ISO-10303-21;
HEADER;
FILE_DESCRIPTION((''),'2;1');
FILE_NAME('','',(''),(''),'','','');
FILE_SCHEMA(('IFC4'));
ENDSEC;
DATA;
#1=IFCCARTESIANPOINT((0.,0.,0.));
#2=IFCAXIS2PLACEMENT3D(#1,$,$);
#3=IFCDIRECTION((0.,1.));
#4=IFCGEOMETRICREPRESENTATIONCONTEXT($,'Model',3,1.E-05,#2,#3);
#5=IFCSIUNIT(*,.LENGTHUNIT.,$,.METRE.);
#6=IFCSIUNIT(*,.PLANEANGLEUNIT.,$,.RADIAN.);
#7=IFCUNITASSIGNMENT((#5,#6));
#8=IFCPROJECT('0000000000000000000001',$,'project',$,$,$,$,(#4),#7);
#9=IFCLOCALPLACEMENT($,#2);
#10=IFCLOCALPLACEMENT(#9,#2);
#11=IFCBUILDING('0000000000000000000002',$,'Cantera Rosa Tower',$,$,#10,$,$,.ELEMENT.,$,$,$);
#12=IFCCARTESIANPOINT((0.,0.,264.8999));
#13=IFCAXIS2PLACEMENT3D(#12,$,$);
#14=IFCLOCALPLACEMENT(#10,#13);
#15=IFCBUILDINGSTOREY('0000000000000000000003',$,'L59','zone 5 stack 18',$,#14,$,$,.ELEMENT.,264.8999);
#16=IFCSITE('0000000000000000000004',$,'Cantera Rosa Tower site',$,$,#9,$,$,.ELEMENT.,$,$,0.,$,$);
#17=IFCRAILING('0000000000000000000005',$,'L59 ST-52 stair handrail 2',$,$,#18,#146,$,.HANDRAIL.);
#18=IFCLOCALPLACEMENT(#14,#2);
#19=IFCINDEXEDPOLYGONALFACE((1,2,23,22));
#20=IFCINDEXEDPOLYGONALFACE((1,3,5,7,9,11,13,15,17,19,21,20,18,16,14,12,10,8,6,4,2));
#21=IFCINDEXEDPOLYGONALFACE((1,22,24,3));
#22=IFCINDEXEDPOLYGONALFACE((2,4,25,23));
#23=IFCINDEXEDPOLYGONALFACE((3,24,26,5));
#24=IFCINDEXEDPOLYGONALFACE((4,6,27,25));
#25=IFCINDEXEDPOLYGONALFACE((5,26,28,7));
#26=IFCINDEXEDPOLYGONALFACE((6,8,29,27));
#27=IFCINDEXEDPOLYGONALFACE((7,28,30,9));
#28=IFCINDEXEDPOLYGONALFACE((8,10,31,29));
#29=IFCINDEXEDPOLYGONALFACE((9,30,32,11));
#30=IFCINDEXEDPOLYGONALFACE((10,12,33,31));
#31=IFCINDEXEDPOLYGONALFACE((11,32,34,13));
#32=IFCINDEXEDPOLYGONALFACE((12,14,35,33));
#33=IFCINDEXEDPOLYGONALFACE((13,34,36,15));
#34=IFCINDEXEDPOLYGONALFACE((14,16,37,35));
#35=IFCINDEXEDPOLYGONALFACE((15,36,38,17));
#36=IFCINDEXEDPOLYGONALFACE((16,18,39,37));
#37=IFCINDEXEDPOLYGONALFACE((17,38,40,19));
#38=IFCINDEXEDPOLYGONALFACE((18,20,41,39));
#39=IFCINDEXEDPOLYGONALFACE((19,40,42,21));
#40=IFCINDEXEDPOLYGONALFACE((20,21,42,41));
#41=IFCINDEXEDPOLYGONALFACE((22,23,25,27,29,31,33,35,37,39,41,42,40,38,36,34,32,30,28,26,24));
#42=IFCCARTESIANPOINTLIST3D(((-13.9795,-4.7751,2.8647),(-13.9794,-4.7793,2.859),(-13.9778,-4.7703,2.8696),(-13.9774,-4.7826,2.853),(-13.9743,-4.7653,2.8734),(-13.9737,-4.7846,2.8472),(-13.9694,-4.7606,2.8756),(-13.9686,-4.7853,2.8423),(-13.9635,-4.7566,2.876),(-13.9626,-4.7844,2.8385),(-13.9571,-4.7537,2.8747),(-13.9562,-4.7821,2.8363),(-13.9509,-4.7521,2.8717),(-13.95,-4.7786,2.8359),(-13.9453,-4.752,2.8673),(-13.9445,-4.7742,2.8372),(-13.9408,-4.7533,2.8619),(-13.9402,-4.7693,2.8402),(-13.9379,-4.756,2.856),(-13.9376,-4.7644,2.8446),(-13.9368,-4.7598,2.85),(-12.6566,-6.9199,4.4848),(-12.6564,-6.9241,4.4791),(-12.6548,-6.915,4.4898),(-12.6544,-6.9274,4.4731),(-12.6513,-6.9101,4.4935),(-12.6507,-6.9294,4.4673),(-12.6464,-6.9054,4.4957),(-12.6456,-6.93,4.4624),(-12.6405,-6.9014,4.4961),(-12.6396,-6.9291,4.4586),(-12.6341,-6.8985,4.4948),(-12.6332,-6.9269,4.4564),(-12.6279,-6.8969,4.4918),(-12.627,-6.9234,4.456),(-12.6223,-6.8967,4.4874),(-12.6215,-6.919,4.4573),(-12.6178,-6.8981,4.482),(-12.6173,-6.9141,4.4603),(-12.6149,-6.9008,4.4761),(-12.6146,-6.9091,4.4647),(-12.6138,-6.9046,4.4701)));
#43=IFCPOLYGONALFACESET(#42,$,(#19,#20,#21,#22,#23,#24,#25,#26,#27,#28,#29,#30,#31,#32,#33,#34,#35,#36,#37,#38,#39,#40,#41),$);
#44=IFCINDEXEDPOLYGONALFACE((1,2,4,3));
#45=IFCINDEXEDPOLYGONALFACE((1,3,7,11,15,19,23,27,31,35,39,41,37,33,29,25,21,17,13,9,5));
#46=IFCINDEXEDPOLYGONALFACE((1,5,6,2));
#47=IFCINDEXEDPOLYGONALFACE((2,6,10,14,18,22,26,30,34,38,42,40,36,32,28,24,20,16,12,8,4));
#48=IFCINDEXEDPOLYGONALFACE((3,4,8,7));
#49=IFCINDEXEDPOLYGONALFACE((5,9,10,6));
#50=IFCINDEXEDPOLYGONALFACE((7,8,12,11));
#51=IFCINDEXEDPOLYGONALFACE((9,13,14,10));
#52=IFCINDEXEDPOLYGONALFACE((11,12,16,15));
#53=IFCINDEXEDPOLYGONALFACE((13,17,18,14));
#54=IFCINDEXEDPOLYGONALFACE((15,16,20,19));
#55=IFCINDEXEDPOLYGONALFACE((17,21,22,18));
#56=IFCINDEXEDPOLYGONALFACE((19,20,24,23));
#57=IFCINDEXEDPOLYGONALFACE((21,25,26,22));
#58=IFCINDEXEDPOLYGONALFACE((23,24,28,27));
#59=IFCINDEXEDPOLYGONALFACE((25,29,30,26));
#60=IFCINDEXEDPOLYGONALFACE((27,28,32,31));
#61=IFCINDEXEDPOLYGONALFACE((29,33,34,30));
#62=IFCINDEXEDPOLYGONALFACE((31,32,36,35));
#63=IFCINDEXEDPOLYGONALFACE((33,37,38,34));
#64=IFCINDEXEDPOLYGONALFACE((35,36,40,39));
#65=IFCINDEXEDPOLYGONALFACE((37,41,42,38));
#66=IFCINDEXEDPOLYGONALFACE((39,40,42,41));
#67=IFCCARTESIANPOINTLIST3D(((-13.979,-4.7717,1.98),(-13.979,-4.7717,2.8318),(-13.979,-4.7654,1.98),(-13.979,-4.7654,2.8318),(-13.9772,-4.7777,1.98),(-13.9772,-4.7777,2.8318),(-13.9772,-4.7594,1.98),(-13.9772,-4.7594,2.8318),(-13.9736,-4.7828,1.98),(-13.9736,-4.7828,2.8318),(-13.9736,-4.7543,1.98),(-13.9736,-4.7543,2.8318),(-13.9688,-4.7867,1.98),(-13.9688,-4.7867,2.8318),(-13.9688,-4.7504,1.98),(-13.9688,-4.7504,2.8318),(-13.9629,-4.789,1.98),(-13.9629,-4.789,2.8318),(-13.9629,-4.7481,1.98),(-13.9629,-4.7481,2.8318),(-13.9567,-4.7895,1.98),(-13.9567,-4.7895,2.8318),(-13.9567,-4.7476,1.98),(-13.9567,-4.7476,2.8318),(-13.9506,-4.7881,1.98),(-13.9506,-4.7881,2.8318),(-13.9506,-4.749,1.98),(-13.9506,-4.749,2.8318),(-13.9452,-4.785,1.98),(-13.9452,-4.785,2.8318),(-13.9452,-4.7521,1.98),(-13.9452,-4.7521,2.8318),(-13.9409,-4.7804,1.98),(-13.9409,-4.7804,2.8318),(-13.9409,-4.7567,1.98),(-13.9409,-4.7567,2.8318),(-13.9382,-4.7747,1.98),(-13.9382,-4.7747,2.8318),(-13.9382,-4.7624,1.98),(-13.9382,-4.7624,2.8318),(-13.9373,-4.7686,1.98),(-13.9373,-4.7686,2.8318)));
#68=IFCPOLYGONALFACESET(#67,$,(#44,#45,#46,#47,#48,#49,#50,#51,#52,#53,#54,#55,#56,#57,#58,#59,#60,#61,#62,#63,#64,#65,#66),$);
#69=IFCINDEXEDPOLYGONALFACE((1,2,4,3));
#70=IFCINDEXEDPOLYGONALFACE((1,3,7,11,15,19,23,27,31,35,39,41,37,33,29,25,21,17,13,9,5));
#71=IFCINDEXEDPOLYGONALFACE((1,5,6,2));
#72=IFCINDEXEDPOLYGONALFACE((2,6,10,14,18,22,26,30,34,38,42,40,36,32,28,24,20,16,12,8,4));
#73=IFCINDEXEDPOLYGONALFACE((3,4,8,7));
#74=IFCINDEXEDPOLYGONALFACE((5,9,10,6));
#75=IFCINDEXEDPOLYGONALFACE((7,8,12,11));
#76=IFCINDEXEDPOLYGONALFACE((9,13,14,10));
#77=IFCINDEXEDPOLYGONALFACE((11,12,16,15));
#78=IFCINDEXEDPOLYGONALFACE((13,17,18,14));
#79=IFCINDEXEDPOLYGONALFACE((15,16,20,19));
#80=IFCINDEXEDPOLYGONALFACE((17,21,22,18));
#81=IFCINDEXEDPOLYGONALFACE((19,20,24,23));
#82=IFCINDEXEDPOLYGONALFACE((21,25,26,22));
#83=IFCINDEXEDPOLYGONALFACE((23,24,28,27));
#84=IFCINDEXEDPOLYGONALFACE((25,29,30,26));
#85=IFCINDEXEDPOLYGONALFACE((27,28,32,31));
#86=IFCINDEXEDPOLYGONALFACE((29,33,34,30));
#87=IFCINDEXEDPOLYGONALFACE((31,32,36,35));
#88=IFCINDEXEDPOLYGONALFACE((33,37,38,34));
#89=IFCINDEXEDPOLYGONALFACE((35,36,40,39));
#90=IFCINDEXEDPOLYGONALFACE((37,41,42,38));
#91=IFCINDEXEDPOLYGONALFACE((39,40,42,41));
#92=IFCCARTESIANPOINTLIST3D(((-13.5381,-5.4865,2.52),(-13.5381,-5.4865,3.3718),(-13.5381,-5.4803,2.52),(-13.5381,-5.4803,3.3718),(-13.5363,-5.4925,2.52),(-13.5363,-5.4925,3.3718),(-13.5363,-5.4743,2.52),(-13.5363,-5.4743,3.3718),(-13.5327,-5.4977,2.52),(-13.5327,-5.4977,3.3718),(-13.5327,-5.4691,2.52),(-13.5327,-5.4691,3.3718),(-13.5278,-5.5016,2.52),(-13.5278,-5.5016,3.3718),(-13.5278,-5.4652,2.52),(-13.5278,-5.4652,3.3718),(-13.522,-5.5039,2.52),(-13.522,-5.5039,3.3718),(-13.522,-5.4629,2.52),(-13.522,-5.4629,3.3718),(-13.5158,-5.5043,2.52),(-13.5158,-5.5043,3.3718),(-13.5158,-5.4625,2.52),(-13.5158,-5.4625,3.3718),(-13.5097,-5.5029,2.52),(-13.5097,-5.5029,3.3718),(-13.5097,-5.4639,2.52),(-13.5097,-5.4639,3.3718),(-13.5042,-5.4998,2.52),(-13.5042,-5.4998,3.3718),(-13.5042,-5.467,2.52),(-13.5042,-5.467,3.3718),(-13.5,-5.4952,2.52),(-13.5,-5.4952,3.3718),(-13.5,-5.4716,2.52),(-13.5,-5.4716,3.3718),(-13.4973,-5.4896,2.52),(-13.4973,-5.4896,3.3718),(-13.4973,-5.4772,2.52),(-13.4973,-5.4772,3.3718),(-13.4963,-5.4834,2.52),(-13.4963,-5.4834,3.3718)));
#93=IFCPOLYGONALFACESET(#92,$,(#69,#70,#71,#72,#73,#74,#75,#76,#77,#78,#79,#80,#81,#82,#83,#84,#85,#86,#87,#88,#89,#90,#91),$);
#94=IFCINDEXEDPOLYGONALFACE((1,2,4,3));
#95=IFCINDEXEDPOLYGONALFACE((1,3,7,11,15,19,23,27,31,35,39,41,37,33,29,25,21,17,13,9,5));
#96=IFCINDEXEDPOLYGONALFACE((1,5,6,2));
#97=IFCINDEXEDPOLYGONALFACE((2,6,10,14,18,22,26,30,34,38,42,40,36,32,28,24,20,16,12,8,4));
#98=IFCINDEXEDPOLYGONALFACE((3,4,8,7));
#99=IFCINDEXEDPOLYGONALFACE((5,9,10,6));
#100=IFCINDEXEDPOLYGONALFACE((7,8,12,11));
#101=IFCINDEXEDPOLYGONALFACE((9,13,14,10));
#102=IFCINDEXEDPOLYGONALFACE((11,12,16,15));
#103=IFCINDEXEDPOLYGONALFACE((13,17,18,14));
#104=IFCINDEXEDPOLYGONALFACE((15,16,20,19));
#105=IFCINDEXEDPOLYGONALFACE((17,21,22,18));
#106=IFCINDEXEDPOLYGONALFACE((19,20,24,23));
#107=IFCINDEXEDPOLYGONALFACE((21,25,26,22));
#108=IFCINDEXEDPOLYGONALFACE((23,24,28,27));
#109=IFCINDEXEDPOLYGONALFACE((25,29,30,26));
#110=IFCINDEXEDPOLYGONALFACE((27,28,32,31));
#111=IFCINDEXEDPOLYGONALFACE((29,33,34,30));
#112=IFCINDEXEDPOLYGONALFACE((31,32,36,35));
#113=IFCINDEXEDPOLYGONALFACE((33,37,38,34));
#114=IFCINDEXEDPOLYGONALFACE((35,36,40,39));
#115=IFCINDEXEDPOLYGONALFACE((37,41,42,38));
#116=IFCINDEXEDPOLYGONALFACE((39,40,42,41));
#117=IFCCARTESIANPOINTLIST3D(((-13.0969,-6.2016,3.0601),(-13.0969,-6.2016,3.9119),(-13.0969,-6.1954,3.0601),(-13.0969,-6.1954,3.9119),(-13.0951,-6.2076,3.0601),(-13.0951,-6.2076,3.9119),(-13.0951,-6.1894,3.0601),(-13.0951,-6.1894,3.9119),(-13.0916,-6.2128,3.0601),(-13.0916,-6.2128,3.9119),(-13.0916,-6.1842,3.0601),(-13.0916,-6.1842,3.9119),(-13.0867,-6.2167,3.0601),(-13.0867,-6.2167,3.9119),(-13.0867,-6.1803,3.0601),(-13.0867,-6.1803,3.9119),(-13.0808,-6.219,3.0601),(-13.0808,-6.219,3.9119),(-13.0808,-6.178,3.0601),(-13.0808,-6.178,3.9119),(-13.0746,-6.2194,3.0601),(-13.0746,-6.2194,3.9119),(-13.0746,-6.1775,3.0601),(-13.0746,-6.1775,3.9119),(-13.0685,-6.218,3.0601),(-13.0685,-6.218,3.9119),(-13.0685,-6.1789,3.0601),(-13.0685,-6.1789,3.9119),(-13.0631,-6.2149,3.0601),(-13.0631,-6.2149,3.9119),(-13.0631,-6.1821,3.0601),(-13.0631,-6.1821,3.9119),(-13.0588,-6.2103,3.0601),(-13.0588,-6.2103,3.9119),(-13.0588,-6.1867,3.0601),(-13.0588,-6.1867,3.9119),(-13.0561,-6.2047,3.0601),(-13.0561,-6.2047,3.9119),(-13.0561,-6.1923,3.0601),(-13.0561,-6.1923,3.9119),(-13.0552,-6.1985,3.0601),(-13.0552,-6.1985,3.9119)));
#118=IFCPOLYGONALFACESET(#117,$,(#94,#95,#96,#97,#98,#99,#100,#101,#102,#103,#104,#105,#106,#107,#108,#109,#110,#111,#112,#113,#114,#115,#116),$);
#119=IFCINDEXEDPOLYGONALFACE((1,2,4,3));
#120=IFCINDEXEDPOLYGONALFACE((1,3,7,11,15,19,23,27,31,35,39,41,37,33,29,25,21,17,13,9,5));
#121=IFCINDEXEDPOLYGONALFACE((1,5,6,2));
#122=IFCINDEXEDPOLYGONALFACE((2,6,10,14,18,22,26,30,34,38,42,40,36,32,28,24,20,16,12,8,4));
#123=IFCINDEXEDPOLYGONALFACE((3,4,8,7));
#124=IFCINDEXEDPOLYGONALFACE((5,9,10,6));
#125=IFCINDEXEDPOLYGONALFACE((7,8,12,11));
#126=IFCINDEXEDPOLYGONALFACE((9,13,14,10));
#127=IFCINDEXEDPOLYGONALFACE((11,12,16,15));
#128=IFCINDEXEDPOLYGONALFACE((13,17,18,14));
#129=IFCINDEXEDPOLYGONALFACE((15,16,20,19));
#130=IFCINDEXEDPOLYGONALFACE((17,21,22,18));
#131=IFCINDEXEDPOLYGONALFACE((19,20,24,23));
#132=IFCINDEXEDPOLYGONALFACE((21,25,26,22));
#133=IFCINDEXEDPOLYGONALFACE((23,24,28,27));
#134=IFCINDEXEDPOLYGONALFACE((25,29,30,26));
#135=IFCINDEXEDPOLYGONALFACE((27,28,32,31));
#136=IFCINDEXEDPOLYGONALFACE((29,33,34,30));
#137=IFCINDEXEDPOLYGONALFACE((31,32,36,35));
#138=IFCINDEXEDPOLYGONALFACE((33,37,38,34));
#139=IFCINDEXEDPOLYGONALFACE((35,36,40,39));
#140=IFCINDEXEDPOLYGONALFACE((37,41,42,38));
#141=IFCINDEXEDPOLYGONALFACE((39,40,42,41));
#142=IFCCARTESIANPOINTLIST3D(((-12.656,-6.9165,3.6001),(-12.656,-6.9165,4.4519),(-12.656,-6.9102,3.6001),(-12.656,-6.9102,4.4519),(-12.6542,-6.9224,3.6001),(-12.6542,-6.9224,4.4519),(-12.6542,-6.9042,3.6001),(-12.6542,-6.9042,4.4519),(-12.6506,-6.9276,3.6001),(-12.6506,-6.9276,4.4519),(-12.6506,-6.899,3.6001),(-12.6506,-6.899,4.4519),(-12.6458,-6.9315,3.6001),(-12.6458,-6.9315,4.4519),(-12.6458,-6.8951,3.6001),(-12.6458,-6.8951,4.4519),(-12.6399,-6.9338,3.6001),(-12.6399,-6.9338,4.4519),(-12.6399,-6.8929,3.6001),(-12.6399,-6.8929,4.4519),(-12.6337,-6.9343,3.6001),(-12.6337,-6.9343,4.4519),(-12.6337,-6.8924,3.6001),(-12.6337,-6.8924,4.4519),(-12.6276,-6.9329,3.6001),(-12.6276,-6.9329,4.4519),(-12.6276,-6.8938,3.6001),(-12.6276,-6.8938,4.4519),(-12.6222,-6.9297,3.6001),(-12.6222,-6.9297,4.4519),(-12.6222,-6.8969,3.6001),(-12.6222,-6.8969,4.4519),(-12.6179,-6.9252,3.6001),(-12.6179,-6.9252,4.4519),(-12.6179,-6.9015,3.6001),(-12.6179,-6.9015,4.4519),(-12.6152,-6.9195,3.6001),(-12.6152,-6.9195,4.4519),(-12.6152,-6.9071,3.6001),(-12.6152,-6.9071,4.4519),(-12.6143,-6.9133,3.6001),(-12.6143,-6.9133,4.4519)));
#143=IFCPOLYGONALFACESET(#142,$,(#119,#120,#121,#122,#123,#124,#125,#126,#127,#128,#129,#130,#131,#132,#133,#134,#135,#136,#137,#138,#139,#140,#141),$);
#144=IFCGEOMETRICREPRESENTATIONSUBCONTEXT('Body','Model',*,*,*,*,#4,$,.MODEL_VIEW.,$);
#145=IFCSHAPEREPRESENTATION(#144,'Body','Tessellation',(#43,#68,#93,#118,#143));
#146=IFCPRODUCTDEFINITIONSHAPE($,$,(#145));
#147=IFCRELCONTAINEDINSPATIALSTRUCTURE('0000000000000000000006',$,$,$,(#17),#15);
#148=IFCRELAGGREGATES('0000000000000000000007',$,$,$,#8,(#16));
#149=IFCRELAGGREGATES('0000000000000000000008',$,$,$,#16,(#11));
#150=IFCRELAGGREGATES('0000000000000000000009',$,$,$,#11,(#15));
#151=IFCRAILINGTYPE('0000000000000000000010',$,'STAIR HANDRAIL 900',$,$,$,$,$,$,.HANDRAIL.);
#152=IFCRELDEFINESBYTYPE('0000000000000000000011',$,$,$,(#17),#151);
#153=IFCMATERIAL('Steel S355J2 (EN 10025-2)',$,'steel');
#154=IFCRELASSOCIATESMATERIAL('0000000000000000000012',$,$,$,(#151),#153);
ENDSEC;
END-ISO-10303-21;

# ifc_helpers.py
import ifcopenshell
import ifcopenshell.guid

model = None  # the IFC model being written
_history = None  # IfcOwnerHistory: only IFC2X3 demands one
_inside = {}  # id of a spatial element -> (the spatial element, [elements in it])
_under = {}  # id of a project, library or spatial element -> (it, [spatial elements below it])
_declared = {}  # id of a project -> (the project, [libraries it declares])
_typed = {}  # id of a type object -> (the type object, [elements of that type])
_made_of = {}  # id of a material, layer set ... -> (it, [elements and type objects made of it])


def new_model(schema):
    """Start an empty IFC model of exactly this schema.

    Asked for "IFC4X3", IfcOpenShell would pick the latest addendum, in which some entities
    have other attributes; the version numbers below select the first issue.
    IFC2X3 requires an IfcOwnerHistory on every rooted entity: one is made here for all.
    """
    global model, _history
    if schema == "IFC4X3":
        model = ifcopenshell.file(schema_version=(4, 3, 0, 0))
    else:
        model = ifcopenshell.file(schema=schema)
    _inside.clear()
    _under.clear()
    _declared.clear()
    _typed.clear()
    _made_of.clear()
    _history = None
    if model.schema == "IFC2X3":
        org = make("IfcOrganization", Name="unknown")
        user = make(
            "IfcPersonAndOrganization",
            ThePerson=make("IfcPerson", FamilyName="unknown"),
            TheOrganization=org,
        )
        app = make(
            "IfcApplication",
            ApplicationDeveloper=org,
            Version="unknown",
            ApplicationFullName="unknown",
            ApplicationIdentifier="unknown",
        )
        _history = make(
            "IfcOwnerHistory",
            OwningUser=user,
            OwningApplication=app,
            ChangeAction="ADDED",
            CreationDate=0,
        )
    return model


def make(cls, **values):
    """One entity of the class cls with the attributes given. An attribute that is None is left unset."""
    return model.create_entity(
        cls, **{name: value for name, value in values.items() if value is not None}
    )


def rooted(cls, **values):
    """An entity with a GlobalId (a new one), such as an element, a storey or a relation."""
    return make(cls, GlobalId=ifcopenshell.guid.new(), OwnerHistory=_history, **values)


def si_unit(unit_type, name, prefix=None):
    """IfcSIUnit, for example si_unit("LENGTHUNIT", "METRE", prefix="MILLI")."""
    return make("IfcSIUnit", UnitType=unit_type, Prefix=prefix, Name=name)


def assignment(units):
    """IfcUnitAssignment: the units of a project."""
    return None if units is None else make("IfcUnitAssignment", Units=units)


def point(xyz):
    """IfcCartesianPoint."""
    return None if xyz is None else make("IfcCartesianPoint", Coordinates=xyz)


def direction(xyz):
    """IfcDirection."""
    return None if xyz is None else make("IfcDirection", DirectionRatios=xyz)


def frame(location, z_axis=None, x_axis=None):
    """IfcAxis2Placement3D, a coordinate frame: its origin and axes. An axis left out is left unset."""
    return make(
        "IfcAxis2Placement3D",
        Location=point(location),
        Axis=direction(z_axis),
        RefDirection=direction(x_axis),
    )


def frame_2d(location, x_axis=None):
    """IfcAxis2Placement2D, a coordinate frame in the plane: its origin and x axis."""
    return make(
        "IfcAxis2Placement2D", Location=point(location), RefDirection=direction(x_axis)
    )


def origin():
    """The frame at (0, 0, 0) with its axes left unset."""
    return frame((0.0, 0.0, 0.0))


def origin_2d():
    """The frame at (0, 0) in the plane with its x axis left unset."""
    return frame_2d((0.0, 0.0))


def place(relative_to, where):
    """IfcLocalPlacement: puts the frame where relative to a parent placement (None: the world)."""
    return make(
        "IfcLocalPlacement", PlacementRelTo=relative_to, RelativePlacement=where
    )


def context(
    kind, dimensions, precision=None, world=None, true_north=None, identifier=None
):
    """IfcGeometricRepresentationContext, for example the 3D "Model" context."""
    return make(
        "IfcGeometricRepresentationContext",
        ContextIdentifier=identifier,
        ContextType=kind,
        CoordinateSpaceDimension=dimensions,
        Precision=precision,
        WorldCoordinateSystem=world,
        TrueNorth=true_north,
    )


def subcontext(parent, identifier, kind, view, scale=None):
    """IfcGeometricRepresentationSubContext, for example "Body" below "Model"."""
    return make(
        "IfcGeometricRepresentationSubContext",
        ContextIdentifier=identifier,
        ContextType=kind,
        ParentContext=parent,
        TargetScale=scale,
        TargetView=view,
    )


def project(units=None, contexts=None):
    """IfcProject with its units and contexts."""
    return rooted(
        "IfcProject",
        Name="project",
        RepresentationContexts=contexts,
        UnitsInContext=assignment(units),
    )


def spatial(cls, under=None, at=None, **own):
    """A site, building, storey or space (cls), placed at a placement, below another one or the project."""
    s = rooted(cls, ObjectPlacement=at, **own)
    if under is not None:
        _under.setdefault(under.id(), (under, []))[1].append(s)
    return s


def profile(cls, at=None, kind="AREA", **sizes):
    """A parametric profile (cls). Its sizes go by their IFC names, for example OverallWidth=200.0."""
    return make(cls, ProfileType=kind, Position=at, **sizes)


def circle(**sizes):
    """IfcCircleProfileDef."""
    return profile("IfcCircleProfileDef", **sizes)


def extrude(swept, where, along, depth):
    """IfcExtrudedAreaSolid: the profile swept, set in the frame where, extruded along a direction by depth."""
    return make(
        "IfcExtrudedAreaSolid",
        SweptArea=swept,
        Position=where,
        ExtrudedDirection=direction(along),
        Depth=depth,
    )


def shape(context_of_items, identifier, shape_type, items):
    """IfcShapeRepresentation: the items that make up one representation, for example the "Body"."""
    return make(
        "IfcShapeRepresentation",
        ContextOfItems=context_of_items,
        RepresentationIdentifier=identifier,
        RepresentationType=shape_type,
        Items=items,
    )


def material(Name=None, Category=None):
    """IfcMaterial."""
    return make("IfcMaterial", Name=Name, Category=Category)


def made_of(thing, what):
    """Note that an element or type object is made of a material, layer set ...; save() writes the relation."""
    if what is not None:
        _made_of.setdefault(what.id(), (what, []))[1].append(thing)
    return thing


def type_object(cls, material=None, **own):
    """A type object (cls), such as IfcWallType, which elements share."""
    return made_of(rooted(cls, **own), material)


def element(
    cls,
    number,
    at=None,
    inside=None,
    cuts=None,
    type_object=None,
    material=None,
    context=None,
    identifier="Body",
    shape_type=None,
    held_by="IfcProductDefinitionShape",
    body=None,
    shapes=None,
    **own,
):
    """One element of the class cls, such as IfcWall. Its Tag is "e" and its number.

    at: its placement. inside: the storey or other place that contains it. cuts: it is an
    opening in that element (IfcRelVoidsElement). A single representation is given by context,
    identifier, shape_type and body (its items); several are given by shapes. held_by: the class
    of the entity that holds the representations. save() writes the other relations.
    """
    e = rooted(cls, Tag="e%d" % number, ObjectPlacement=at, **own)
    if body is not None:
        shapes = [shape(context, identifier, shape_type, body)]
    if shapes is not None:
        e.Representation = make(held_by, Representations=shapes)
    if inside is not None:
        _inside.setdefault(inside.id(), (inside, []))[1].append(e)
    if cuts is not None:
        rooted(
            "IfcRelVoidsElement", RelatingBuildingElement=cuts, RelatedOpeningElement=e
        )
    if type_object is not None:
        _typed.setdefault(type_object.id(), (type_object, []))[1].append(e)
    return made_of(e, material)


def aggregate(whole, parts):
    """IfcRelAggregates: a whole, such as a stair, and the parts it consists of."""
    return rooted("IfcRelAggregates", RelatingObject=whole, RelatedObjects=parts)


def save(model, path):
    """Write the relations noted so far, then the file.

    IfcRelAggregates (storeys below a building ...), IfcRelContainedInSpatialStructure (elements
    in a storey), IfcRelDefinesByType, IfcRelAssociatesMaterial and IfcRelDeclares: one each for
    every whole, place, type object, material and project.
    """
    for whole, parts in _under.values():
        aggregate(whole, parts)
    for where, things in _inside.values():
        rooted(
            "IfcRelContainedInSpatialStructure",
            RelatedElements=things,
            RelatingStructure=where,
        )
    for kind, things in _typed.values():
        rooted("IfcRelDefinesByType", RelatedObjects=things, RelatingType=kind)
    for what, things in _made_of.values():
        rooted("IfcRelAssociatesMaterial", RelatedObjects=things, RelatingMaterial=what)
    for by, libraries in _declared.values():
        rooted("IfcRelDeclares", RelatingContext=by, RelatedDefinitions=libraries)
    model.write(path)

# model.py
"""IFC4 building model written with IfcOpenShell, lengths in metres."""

from ifc_helpers import new_model, si_unit, direction, frame, origin, origin_2d, place, context, subcontext, project, spatial, circle, extrude, material, type_object, element, save


model = new_model("IFC4")

# Units and contexts
model_context = context("Model", 3, precision=1e-05, world=origin(), true_north=direction((0.0, 1.0)))
body_context = subcontext(model_context, "Body", "Model", "MODEL_VIEW")
ifc_project = project(units=[si_unit("LENGTHUNIT", "METRE"), si_unit("PLANEANGLEUNIT", "RADIAN")], contexts=[model_context])

# Site, building, storey
site_placement = place(None, origin())
site = spatial("IfcSite", under=ifc_project, at=site_placement, Name="Cantera Rosa Tower site", CompositionType="ELEMENT", RefElevation=0.0)
building_placement = place(site_placement, origin())
building = spatial("IfcBuilding", under=site, at=building_placement, Name="Cantera Rosa Tower", CompositionType="ELEMENT")
storey_placement = place(building_placement, frame((0.0, 0.0, 264.8999)))
storey = spatial("IfcBuildingStorey", under=building, at=storey_placement, Name="L59", Description="zone 5 stack 18", CompositionType="ELEMENT", Elevation=264.8999)

# Railing
ifc_material_1 = material(Name="Steel S355J2 (EN 10025-2)", Category="steel")
railing_type_1 = type_object("IfcRailingType", Name="STAIR HANDRAIL 900", PredefinedType="HANDRAIL", material=ifc_material_1)
railing_1_placement = place(storey_placement, frame((-13.9583, -4.7686, 1.98)))
element("IfcRailing", 1, at=railing_1_placement, inside=storey, type_object=railing_type_1, Name="L59 ST-52 stair handrail 2", PredefinedType="HANDRAIL", context=body_context, shape_type="SweptSolid", body=[
    extrude(circle(Radius=0.0239, at=origin_2d()), frame((0.0, 0.0, 0.876), z_axis=(0.441609, -0.715914, 0.540786), x_axis=(0.851102, 0.525, 0.0)), (0.0, 0.0, 1.0), 2.9958),
    extrude(circle(Radius=0.021, at=origin_2d()), origin(), (0.0, 0.0, 1.0), 0.8518),
    extrude(circle(Radius=0.021, at=origin_2d()), frame((0.4409, -0.7148, 0.54)), (0.0, 0.0, 1.0), 0.8518),
    extrude(circle(Radius=0.021, at=origin_2d()), frame((0.8821, -1.4299, 1.0801)), (0.0, 0.0, 1.0), 0.8518),
    extrude(circle(Radius=0.021, at=origin_2d()), frame((1.323, -2.1448, 1.6201)), (0.0, 0.0, 1.0), 0.8518),
])

save(model, "model.ifc")
